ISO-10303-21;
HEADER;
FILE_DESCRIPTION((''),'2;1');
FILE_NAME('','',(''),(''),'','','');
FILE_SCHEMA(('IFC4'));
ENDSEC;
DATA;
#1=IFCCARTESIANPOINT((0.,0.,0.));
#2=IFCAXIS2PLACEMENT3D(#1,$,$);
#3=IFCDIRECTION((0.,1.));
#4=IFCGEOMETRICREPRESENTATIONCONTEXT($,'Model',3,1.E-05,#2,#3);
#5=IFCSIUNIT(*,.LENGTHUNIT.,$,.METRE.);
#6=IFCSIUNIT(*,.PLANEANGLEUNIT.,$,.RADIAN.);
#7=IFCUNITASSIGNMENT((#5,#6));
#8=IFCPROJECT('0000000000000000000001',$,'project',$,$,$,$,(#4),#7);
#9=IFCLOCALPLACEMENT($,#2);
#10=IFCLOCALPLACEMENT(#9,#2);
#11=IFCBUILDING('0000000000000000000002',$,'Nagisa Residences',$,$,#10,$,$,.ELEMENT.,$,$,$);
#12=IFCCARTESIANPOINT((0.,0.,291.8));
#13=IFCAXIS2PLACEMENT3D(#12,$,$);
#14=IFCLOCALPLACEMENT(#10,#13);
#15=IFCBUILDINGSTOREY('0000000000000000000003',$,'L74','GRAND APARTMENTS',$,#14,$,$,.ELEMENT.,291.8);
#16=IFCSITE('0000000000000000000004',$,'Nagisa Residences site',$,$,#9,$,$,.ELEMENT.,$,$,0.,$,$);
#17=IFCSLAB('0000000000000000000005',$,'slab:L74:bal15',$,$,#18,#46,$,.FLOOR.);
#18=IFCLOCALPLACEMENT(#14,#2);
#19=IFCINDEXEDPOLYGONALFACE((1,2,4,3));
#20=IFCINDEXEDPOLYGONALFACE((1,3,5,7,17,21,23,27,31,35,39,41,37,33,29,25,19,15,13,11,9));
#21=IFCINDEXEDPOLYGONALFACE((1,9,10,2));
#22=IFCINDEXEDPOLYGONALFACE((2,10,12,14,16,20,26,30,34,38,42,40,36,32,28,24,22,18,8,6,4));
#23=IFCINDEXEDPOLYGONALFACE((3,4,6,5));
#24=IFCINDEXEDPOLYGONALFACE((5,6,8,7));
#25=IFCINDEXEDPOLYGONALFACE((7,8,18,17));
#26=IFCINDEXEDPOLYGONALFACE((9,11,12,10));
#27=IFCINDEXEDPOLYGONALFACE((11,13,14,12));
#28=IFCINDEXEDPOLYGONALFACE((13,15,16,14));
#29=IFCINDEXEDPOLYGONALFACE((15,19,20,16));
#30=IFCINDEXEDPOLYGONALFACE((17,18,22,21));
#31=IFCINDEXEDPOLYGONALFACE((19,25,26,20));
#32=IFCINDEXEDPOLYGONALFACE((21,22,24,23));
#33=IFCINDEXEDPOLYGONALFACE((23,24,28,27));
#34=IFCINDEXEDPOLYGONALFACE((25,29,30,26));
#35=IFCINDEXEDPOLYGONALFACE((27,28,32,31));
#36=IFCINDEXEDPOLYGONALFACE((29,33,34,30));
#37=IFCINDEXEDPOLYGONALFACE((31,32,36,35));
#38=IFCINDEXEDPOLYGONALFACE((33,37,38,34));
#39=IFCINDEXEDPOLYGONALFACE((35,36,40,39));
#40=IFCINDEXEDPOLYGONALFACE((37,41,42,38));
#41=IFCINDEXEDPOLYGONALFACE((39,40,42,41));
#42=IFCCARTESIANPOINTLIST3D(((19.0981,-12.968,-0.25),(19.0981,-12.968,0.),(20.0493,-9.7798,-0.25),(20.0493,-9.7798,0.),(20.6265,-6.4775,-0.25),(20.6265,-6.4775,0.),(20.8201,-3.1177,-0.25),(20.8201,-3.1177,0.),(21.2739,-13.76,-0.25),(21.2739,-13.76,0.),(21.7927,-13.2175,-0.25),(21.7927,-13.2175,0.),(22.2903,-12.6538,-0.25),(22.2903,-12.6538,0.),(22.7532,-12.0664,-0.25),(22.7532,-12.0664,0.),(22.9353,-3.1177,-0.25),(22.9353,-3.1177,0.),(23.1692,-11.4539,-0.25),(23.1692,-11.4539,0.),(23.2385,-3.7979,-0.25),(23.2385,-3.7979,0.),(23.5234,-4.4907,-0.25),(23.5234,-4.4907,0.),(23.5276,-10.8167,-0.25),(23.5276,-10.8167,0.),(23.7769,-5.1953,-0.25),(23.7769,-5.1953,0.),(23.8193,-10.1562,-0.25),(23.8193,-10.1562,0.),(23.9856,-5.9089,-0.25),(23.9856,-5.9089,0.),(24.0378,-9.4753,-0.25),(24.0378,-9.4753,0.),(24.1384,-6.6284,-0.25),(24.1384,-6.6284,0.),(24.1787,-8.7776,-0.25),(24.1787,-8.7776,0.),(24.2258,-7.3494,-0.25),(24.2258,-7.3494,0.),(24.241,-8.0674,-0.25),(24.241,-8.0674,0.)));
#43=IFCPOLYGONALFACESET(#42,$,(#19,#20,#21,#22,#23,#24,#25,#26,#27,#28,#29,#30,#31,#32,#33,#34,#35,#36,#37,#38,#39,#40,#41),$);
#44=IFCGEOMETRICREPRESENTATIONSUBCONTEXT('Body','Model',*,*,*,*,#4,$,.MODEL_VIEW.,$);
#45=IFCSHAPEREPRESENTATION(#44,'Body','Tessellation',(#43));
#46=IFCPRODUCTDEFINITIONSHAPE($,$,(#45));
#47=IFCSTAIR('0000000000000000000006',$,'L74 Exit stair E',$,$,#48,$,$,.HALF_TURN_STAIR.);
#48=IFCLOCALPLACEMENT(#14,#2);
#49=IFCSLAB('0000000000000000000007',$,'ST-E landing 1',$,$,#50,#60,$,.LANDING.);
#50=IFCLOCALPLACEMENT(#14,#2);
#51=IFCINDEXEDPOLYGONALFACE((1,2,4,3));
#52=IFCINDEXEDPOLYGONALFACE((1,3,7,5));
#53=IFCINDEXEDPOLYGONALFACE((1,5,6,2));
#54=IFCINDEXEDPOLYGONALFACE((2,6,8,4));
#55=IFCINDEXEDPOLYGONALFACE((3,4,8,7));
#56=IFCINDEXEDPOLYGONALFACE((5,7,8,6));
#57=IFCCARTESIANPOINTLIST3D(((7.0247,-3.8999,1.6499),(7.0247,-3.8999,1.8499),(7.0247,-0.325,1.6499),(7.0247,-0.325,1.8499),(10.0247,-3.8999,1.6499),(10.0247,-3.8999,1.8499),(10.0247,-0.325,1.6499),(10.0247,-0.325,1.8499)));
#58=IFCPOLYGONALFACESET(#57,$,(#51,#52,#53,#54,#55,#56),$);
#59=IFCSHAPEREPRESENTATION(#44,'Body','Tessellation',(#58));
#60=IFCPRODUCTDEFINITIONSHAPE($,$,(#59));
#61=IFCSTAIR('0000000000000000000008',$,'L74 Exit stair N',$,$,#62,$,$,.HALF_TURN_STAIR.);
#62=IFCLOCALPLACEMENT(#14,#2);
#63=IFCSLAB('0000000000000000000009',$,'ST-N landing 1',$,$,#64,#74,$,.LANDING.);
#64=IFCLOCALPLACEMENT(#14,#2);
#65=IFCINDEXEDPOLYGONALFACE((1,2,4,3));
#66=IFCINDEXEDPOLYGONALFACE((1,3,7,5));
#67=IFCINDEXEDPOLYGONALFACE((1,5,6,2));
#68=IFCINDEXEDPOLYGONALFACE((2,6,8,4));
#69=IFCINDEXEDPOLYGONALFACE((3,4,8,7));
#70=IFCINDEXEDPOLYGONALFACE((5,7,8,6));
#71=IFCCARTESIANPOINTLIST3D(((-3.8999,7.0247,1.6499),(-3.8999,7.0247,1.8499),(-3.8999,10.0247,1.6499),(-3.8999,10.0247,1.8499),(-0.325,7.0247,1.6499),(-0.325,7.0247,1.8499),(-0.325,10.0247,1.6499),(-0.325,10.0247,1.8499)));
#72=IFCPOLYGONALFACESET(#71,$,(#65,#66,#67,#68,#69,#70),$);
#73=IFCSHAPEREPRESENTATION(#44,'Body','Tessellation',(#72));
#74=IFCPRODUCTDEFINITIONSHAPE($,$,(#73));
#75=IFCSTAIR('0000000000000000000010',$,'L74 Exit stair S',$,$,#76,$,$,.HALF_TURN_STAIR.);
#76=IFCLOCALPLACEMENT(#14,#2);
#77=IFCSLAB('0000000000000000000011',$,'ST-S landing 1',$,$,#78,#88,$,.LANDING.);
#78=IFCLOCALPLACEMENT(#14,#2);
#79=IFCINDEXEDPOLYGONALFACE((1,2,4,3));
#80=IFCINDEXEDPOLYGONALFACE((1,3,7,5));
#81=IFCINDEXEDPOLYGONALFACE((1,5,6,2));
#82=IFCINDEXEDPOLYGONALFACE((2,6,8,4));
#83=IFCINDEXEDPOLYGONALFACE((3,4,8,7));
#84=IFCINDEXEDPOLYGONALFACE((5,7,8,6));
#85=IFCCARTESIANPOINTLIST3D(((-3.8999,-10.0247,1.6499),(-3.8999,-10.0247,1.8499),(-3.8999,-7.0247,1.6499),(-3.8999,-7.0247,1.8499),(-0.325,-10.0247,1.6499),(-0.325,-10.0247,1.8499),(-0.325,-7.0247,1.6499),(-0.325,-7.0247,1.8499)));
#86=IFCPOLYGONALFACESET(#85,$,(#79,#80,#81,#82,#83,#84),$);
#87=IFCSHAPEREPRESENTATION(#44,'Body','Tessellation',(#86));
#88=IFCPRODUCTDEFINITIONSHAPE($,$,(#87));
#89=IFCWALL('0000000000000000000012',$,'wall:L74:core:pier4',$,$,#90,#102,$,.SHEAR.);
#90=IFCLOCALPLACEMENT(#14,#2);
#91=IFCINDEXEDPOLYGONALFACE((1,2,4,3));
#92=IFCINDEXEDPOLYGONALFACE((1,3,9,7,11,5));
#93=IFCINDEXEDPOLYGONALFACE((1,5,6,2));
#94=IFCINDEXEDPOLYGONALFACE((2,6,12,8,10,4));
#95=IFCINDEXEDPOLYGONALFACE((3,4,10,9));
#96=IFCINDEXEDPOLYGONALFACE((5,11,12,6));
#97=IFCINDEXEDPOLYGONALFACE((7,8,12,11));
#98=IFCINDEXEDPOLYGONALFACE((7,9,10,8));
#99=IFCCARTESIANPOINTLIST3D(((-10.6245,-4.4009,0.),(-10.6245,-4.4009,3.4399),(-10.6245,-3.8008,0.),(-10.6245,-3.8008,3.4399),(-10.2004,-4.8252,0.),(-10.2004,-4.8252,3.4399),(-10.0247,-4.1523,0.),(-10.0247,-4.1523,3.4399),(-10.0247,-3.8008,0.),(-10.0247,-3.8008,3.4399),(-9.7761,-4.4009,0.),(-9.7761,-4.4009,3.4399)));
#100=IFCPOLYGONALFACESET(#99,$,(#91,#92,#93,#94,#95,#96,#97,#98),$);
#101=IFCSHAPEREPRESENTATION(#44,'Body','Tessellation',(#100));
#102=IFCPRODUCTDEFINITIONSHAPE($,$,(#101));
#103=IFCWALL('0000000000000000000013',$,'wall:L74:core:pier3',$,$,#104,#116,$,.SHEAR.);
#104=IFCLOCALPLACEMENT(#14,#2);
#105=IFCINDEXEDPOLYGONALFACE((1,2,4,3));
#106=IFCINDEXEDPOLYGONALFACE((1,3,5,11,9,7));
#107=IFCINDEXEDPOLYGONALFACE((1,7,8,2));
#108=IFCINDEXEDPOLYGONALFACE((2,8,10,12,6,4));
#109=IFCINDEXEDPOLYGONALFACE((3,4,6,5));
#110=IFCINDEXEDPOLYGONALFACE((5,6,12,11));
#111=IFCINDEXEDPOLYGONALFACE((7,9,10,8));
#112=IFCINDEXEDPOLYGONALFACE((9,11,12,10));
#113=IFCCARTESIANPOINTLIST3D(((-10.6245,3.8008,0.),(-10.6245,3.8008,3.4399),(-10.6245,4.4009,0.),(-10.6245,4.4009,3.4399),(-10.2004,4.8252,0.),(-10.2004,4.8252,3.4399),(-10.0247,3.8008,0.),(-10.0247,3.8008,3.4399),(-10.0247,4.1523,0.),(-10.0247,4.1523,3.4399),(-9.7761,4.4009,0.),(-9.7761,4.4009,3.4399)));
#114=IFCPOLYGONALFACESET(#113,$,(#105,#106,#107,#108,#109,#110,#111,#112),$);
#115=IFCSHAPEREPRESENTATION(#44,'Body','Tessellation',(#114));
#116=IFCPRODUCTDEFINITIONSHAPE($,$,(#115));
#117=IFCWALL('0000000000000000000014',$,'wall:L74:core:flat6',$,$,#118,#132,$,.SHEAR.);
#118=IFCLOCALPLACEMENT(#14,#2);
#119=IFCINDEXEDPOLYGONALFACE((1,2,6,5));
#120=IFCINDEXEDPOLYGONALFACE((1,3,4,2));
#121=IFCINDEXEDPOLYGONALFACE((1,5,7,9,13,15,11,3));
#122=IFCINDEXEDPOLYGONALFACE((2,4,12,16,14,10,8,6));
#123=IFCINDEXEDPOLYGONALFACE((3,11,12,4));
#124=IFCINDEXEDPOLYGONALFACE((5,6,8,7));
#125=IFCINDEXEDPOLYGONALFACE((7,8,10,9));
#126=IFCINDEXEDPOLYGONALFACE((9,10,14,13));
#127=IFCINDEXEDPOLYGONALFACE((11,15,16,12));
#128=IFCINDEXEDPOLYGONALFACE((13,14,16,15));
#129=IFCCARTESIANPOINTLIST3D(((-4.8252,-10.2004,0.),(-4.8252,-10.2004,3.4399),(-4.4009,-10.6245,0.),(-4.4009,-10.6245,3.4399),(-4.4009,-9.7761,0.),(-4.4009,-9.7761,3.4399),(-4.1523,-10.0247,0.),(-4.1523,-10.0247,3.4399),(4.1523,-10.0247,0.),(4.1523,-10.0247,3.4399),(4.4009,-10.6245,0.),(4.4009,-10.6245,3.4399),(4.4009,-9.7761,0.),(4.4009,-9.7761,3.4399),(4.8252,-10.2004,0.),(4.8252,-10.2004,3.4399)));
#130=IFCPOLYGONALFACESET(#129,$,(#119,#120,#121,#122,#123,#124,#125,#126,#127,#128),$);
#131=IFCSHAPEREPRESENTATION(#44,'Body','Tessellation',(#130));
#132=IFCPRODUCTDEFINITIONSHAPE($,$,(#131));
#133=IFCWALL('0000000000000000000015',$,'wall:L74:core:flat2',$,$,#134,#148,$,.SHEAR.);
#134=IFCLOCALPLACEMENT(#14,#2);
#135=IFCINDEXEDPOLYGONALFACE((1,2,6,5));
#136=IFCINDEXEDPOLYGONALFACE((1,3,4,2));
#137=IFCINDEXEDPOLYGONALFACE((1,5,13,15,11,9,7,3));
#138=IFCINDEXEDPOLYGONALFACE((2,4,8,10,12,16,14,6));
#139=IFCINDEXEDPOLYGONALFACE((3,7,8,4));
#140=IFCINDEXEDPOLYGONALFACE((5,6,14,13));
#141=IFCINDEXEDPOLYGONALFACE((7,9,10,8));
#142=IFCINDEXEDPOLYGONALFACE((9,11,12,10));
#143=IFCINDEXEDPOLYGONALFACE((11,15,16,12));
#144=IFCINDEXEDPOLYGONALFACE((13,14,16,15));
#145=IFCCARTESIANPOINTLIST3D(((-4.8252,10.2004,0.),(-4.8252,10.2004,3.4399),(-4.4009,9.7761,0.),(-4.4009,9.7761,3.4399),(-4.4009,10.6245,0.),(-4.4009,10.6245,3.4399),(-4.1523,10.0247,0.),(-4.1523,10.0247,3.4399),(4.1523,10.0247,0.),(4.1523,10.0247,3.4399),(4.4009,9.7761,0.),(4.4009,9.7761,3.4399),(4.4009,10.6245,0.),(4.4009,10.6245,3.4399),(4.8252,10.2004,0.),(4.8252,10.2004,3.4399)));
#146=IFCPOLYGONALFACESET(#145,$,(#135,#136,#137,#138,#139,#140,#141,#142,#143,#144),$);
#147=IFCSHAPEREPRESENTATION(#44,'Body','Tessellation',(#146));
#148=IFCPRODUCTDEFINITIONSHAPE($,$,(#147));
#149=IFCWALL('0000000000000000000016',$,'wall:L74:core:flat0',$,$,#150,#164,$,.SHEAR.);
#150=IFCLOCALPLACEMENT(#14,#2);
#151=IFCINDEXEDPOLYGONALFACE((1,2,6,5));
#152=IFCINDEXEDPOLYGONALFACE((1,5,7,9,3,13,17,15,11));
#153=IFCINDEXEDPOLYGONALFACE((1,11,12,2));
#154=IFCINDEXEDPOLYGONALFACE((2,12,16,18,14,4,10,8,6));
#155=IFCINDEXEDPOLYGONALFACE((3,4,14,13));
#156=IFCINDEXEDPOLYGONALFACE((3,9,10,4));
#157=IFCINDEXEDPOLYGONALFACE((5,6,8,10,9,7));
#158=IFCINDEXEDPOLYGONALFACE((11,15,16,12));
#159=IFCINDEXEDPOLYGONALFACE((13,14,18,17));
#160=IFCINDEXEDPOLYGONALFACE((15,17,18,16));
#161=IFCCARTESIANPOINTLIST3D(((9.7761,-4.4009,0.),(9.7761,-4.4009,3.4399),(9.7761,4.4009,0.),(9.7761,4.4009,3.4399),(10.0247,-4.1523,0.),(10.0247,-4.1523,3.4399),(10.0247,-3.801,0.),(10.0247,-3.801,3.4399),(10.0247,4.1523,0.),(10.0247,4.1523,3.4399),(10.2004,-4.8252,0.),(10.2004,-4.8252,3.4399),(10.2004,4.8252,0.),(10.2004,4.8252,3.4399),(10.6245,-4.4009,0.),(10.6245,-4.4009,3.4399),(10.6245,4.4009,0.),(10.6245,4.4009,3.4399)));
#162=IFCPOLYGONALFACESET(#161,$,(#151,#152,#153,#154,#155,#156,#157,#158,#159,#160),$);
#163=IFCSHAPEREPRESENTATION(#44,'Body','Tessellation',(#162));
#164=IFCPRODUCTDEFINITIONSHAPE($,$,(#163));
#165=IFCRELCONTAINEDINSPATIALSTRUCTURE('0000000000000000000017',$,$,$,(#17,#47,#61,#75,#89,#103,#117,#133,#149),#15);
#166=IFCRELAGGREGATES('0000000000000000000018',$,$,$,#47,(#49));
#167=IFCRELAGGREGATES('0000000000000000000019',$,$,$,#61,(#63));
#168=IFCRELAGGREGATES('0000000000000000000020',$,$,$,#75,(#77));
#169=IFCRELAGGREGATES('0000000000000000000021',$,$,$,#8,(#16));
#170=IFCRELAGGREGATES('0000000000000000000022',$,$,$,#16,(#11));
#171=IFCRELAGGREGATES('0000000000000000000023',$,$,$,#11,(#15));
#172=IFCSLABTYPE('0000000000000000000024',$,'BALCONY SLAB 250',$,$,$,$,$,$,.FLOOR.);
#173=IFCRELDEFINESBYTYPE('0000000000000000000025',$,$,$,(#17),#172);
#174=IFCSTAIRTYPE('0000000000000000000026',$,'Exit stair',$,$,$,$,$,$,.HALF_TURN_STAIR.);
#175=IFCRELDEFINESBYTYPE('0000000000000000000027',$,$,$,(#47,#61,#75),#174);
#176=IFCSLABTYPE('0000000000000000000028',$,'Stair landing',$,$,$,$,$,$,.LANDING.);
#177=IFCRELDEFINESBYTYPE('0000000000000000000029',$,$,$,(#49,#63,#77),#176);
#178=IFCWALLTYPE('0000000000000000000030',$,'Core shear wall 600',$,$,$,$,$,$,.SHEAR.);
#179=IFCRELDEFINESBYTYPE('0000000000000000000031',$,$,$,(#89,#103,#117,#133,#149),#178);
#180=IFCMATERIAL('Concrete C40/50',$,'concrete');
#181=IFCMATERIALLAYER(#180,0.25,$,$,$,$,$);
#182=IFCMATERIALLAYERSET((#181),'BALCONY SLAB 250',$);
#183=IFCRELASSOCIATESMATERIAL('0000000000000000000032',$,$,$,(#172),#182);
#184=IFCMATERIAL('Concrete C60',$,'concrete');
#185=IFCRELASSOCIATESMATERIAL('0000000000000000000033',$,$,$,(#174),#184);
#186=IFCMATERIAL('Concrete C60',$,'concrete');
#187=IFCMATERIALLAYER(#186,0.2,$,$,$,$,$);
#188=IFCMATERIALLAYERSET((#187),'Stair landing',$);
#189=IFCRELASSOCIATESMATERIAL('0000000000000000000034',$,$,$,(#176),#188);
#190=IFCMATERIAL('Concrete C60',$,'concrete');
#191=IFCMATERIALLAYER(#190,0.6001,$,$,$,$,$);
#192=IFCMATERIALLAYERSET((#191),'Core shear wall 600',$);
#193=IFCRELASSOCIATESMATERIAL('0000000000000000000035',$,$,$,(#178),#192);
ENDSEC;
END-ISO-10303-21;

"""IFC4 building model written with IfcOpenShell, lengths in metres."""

from ifc_helpers import new_model, si_unit, direction, frame, origin, place, context, subcontext, project, spatial, polyline, outline, extrude, material, layer, layer_set, type_object, element, aggregate, save


model = new_model("IFC4")

# Units and contexts
model_context = context("Model", 3, precision=1e-05, world=origin(), true_north=direction((0.0, 1.0)))
body_context = subcontext(model_context, "Body", "Model", "MODEL_VIEW")
ifc_project = project(units=[si_unit("LENGTHUNIT", "METRE"), si_unit("PLANEANGLEUNIT", "RADIAN")], contexts=[model_context])

# Site, building, storey
site_placement = place(None, origin())
site = spatial("IfcSite", under=ifc_project, at=site_placement, Name="Nagisa Residences site", CompositionType="ELEMENT", RefElevation=0.0)
building_placement = place(site_placement, origin())
building = spatial("IfcBuilding", under=site, at=building_placement, Name="Nagisa Residences", CompositionType="ELEMENT")
storey_placement = place(building_placement, frame((0.0, 0.0, 291.8)))
storey = spatial("IfcBuildingStorey", under=building, at=storey_placement, Name="L74", Description="GRAND APARTMENTS", CompositionType="ELEMENT", Elevation=291.8)

# Slab
ifc_material_1 = material(Name="Concrete C40/50", Category="concrete")
ifc_layer_1 = layer(ifc_material_1, 0.25)
ifc_layer_set_1 = layer_set([ifc_layer_1], Name="BALCONY SLAB 250")
slab_type_1 = type_object("IfcSlabType", Name="BALCONY SLAB 250", PredefinedType="FLOOR", material=ifc_layer_set_1)
slab_1_placement = place(storey_placement, frame((0.0, 0.0, -0.25)))
element("IfcSlab", 1, at=slab_1_placement, inside=storey, type_object=slab_type_1, Name="slab:L74:bal15", PredefinedType="FLOOR", context=body_context, shape_type="SweptSolid", body=[
    extrude(outline(polyline([(21.2739, -13.76), (21.7927, -13.2175), (22.2903, -12.6538), (22.7532, -12.0664), (23.1692, -11.4539), (23.5276, -10.8167), (23.8193, -10.1562), (24.0378, -9.4753), (24.1787, -8.7776), (24.241, -8.0674), (24.2258, -7.3494), (24.1384, -6.6284), (23.9856, -5.9089), (23.7769, -5.1953), (23.5234, -4.4907), (23.2385, -3.7979), (22.9353, -3.1177), (20.8201, -3.1177), (20.6265, -6.4775), (20.0493, -9.7798), (19.0981, -12.968), (21.2739, -13.76)])), origin(), (0.0, 0.0, 1.0), 0.25),
])

# Stairs, slabs
ifc_material_2 = material(Name="Concrete C60", Category="concrete")
stair_type = type_object("IfcStairType", Name="Exit stair", PredefinedType="HALF_TURN_STAIR", material=ifc_material_2)
stair_1_placement = place(storey_placement, origin())
stair_1 = element("IfcStair", 2, at=stair_1_placement, inside=storey, type_object=stair_type, Name="L74 Exit stair E", PredefinedType="HALF_TURN_STAIR")
ifc_material_3 = material(Name="Concrete C60", Category="concrete")
ifc_layer_2 = layer(ifc_material_3, 0.2)
ifc_layer_set_2 = layer_set([ifc_layer_2], Name="Stair landing")
slab_type_2 = type_object("IfcSlabType", Name="Stair landing", PredefinedType="LANDING", material=ifc_layer_set_2)
slab_2_placement = place(storey_placement, frame((0.0, 0.0, 1.6499)))
slab_2 = element("IfcSlab", 3, at=slab_2_placement, type_object=slab_type_2, Name="ST-E landing 1", PredefinedType="LANDING", context=body_context, shape_type="SweptSolid", body=[
    extrude(outline(polyline([(7.0247, -0.325), (7.0247, -3.8999), (10.0247, -3.8999), (10.0247, -0.325), (7.0247, -0.325)])), origin(), (0.0, 0.0, 1.0), 0.2),
])
aggregate(stair_1, [slab_2])
stair_2_placement = place(storey_placement, origin())
stair_2 = element("IfcStair", 4, at=stair_2_placement, inside=storey, type_object=stair_type, Name="L74 Exit stair N", PredefinedType="HALF_TURN_STAIR")
slab_3_placement = place(storey_placement, frame((0.0, 0.0, 1.6499)))
slab_3 = element("IfcSlab", 5, at=slab_3_placement, type_object=slab_type_2, Name="ST-N landing 1", PredefinedType="LANDING", context=body_context, shape_type="SweptSolid", body=[
    extrude(outline(polyline([(-0.325, 10.0247), (-3.8999, 10.0247), (-3.8999, 7.0247), (-0.325, 7.0247), (-0.325, 10.0247)])), origin(), (0.0, 0.0, 1.0), 0.2),
])
aggregate(stair_2, [slab_3])
stair_3_placement = place(storey_placement, origin())
stair_3 = element("IfcStair", 6, at=stair_3_placement, inside=storey, type_object=stair_type, Name="L74 Exit stair S", PredefinedType="HALF_TURN_STAIR")
slab_4_placement = place(storey_placement, frame((0.0, 0.0, 1.6499)))
slab_4 = element("IfcSlab", 7, at=slab_4_placement, type_object=slab_type_2, Name="ST-S landing 1", PredefinedType="LANDING", context=body_context, shape_type="SweptSolid", body=[
    extrude(outline(polyline([(-0.325, -7.0247), (-3.8999, -7.0247), (-3.8999, -10.0247), (-0.325, -10.0247), (-0.325, -7.0247)])), origin(), (0.0, 0.0, 1.0), 0.2),
])
aggregate(stair_3, [slab_4])

# Walls
ifc_material_4 = material(Name="Concrete C60", Category="concrete")
ifc_layer_3 = layer(ifc_material_4, 0.6001)
ifc_layer_set_3 = layer_set([ifc_layer_3], Name="Core shear wall 600")
wall_type_1 = type_object("IfcWallType", Name="Core shear wall 600", PredefinedType="SHEAR", material=ifc_layer_set_3)
wall_1_placement = place(storey_placement, origin())
element("IfcWall", 8, at=wall_1_placement, inside=storey, type_object=wall_type_1, Name="wall:L74:core:pier4", PredefinedType="SHEAR", context=body_context, shape_type="SweptSolid", body=[
    extrude(outline(polyline([(-10.6245, -3.8008), (-10.0247, -3.8008), (-10.0247, -4.1523), (-9.7761, -4.4009), (-10.2004, -4.8252), (-10.6245, -4.4009), (-10.6245, -3.8008)])), origin(), (0.0, 0.0, 1.0), 3.4399),
])
wall_2_placement = place(storey_placement, origin())
element("IfcWall", 9, at=wall_2_placement, inside=storey, type_object=wall_type_1, Name="wall:L74:core:pier3", PredefinedType="SHEAR", context=body_context, shape_type="SweptSolid", body=[
    extrude(outline(polyline([(-10.2004, 4.8252), (-9.7761, 4.4009), (-10.0247, 4.1523), (-10.0247, 3.8008), (-10.6245, 3.8008), (-10.6245, 4.4009), (-10.2004, 4.8252)])), origin(), (0.0, 0.0, 1.0), 3.4399),
])
wall_3_placement = place(storey_placement, origin())
element("IfcWall", 10, at=wall_3_placement, inside=storey, type_object=wall_type_1, Name="wall:L74:core:flat6", PredefinedType="SHEAR", context=body_context, shape_type="SweptSolid", body=[
    extrude(outline(polyline([(-4.1523, -10.0247), (4.1523, -10.0247), (4.4009, -9.7761), (4.8252, -10.2004), (4.4009, -10.6245), (-4.4009, -10.6245), (-4.8252, -10.2004), (-4.4009, -9.7761), (-4.1523, -10.0247)])), origin(), (0.0, 0.0, 1.0), 3.4399),
])
wall_4_placement = place(storey_placement, origin())
element("IfcWall", 11, at=wall_4_placement, inside=storey, type_object=wall_type_1, Name="wall:L74:core:flat2", PredefinedType="SHEAR", context=body_context, shape_type="SweptSolid", body=[
    extrude(outline(polyline([(-4.1523, 10.0247), (-4.4009, 9.7761), (-4.8252, 10.2004), (-4.4009, 10.6245), (4.4009, 10.6245), (4.8252, 10.2004), (4.4009, 9.7761), (4.1523, 10.0247), (-4.1523, 10.0247)])), origin(), (0.0, 0.0, 1.0), 3.4399),
])
wall_5_placement = place(storey_placement, origin())
element("IfcWall", 12, at=wall_5_placement, inside=storey, type_object=wall_type_1, Name="wall:L74:core:flat0", PredefinedType="SHEAR", context=body_context, shape_type="SweptSolid", body=[
    extrude(outline(polyline([(9.7761, -4.4009), (10.0247, -4.1523), (10.0247, -3.801), (10.0247, 4.1523), (9.7761, 4.4009), (10.2004, 4.8252), (10.6245, 4.4009), (10.6245, -4.4009), (10.2004, -4.8252), (9.7761, -4.4009)])), origin(), (0.0, 0.0, 1.0), 3.4399),
])

save(model, "model.ifc")
